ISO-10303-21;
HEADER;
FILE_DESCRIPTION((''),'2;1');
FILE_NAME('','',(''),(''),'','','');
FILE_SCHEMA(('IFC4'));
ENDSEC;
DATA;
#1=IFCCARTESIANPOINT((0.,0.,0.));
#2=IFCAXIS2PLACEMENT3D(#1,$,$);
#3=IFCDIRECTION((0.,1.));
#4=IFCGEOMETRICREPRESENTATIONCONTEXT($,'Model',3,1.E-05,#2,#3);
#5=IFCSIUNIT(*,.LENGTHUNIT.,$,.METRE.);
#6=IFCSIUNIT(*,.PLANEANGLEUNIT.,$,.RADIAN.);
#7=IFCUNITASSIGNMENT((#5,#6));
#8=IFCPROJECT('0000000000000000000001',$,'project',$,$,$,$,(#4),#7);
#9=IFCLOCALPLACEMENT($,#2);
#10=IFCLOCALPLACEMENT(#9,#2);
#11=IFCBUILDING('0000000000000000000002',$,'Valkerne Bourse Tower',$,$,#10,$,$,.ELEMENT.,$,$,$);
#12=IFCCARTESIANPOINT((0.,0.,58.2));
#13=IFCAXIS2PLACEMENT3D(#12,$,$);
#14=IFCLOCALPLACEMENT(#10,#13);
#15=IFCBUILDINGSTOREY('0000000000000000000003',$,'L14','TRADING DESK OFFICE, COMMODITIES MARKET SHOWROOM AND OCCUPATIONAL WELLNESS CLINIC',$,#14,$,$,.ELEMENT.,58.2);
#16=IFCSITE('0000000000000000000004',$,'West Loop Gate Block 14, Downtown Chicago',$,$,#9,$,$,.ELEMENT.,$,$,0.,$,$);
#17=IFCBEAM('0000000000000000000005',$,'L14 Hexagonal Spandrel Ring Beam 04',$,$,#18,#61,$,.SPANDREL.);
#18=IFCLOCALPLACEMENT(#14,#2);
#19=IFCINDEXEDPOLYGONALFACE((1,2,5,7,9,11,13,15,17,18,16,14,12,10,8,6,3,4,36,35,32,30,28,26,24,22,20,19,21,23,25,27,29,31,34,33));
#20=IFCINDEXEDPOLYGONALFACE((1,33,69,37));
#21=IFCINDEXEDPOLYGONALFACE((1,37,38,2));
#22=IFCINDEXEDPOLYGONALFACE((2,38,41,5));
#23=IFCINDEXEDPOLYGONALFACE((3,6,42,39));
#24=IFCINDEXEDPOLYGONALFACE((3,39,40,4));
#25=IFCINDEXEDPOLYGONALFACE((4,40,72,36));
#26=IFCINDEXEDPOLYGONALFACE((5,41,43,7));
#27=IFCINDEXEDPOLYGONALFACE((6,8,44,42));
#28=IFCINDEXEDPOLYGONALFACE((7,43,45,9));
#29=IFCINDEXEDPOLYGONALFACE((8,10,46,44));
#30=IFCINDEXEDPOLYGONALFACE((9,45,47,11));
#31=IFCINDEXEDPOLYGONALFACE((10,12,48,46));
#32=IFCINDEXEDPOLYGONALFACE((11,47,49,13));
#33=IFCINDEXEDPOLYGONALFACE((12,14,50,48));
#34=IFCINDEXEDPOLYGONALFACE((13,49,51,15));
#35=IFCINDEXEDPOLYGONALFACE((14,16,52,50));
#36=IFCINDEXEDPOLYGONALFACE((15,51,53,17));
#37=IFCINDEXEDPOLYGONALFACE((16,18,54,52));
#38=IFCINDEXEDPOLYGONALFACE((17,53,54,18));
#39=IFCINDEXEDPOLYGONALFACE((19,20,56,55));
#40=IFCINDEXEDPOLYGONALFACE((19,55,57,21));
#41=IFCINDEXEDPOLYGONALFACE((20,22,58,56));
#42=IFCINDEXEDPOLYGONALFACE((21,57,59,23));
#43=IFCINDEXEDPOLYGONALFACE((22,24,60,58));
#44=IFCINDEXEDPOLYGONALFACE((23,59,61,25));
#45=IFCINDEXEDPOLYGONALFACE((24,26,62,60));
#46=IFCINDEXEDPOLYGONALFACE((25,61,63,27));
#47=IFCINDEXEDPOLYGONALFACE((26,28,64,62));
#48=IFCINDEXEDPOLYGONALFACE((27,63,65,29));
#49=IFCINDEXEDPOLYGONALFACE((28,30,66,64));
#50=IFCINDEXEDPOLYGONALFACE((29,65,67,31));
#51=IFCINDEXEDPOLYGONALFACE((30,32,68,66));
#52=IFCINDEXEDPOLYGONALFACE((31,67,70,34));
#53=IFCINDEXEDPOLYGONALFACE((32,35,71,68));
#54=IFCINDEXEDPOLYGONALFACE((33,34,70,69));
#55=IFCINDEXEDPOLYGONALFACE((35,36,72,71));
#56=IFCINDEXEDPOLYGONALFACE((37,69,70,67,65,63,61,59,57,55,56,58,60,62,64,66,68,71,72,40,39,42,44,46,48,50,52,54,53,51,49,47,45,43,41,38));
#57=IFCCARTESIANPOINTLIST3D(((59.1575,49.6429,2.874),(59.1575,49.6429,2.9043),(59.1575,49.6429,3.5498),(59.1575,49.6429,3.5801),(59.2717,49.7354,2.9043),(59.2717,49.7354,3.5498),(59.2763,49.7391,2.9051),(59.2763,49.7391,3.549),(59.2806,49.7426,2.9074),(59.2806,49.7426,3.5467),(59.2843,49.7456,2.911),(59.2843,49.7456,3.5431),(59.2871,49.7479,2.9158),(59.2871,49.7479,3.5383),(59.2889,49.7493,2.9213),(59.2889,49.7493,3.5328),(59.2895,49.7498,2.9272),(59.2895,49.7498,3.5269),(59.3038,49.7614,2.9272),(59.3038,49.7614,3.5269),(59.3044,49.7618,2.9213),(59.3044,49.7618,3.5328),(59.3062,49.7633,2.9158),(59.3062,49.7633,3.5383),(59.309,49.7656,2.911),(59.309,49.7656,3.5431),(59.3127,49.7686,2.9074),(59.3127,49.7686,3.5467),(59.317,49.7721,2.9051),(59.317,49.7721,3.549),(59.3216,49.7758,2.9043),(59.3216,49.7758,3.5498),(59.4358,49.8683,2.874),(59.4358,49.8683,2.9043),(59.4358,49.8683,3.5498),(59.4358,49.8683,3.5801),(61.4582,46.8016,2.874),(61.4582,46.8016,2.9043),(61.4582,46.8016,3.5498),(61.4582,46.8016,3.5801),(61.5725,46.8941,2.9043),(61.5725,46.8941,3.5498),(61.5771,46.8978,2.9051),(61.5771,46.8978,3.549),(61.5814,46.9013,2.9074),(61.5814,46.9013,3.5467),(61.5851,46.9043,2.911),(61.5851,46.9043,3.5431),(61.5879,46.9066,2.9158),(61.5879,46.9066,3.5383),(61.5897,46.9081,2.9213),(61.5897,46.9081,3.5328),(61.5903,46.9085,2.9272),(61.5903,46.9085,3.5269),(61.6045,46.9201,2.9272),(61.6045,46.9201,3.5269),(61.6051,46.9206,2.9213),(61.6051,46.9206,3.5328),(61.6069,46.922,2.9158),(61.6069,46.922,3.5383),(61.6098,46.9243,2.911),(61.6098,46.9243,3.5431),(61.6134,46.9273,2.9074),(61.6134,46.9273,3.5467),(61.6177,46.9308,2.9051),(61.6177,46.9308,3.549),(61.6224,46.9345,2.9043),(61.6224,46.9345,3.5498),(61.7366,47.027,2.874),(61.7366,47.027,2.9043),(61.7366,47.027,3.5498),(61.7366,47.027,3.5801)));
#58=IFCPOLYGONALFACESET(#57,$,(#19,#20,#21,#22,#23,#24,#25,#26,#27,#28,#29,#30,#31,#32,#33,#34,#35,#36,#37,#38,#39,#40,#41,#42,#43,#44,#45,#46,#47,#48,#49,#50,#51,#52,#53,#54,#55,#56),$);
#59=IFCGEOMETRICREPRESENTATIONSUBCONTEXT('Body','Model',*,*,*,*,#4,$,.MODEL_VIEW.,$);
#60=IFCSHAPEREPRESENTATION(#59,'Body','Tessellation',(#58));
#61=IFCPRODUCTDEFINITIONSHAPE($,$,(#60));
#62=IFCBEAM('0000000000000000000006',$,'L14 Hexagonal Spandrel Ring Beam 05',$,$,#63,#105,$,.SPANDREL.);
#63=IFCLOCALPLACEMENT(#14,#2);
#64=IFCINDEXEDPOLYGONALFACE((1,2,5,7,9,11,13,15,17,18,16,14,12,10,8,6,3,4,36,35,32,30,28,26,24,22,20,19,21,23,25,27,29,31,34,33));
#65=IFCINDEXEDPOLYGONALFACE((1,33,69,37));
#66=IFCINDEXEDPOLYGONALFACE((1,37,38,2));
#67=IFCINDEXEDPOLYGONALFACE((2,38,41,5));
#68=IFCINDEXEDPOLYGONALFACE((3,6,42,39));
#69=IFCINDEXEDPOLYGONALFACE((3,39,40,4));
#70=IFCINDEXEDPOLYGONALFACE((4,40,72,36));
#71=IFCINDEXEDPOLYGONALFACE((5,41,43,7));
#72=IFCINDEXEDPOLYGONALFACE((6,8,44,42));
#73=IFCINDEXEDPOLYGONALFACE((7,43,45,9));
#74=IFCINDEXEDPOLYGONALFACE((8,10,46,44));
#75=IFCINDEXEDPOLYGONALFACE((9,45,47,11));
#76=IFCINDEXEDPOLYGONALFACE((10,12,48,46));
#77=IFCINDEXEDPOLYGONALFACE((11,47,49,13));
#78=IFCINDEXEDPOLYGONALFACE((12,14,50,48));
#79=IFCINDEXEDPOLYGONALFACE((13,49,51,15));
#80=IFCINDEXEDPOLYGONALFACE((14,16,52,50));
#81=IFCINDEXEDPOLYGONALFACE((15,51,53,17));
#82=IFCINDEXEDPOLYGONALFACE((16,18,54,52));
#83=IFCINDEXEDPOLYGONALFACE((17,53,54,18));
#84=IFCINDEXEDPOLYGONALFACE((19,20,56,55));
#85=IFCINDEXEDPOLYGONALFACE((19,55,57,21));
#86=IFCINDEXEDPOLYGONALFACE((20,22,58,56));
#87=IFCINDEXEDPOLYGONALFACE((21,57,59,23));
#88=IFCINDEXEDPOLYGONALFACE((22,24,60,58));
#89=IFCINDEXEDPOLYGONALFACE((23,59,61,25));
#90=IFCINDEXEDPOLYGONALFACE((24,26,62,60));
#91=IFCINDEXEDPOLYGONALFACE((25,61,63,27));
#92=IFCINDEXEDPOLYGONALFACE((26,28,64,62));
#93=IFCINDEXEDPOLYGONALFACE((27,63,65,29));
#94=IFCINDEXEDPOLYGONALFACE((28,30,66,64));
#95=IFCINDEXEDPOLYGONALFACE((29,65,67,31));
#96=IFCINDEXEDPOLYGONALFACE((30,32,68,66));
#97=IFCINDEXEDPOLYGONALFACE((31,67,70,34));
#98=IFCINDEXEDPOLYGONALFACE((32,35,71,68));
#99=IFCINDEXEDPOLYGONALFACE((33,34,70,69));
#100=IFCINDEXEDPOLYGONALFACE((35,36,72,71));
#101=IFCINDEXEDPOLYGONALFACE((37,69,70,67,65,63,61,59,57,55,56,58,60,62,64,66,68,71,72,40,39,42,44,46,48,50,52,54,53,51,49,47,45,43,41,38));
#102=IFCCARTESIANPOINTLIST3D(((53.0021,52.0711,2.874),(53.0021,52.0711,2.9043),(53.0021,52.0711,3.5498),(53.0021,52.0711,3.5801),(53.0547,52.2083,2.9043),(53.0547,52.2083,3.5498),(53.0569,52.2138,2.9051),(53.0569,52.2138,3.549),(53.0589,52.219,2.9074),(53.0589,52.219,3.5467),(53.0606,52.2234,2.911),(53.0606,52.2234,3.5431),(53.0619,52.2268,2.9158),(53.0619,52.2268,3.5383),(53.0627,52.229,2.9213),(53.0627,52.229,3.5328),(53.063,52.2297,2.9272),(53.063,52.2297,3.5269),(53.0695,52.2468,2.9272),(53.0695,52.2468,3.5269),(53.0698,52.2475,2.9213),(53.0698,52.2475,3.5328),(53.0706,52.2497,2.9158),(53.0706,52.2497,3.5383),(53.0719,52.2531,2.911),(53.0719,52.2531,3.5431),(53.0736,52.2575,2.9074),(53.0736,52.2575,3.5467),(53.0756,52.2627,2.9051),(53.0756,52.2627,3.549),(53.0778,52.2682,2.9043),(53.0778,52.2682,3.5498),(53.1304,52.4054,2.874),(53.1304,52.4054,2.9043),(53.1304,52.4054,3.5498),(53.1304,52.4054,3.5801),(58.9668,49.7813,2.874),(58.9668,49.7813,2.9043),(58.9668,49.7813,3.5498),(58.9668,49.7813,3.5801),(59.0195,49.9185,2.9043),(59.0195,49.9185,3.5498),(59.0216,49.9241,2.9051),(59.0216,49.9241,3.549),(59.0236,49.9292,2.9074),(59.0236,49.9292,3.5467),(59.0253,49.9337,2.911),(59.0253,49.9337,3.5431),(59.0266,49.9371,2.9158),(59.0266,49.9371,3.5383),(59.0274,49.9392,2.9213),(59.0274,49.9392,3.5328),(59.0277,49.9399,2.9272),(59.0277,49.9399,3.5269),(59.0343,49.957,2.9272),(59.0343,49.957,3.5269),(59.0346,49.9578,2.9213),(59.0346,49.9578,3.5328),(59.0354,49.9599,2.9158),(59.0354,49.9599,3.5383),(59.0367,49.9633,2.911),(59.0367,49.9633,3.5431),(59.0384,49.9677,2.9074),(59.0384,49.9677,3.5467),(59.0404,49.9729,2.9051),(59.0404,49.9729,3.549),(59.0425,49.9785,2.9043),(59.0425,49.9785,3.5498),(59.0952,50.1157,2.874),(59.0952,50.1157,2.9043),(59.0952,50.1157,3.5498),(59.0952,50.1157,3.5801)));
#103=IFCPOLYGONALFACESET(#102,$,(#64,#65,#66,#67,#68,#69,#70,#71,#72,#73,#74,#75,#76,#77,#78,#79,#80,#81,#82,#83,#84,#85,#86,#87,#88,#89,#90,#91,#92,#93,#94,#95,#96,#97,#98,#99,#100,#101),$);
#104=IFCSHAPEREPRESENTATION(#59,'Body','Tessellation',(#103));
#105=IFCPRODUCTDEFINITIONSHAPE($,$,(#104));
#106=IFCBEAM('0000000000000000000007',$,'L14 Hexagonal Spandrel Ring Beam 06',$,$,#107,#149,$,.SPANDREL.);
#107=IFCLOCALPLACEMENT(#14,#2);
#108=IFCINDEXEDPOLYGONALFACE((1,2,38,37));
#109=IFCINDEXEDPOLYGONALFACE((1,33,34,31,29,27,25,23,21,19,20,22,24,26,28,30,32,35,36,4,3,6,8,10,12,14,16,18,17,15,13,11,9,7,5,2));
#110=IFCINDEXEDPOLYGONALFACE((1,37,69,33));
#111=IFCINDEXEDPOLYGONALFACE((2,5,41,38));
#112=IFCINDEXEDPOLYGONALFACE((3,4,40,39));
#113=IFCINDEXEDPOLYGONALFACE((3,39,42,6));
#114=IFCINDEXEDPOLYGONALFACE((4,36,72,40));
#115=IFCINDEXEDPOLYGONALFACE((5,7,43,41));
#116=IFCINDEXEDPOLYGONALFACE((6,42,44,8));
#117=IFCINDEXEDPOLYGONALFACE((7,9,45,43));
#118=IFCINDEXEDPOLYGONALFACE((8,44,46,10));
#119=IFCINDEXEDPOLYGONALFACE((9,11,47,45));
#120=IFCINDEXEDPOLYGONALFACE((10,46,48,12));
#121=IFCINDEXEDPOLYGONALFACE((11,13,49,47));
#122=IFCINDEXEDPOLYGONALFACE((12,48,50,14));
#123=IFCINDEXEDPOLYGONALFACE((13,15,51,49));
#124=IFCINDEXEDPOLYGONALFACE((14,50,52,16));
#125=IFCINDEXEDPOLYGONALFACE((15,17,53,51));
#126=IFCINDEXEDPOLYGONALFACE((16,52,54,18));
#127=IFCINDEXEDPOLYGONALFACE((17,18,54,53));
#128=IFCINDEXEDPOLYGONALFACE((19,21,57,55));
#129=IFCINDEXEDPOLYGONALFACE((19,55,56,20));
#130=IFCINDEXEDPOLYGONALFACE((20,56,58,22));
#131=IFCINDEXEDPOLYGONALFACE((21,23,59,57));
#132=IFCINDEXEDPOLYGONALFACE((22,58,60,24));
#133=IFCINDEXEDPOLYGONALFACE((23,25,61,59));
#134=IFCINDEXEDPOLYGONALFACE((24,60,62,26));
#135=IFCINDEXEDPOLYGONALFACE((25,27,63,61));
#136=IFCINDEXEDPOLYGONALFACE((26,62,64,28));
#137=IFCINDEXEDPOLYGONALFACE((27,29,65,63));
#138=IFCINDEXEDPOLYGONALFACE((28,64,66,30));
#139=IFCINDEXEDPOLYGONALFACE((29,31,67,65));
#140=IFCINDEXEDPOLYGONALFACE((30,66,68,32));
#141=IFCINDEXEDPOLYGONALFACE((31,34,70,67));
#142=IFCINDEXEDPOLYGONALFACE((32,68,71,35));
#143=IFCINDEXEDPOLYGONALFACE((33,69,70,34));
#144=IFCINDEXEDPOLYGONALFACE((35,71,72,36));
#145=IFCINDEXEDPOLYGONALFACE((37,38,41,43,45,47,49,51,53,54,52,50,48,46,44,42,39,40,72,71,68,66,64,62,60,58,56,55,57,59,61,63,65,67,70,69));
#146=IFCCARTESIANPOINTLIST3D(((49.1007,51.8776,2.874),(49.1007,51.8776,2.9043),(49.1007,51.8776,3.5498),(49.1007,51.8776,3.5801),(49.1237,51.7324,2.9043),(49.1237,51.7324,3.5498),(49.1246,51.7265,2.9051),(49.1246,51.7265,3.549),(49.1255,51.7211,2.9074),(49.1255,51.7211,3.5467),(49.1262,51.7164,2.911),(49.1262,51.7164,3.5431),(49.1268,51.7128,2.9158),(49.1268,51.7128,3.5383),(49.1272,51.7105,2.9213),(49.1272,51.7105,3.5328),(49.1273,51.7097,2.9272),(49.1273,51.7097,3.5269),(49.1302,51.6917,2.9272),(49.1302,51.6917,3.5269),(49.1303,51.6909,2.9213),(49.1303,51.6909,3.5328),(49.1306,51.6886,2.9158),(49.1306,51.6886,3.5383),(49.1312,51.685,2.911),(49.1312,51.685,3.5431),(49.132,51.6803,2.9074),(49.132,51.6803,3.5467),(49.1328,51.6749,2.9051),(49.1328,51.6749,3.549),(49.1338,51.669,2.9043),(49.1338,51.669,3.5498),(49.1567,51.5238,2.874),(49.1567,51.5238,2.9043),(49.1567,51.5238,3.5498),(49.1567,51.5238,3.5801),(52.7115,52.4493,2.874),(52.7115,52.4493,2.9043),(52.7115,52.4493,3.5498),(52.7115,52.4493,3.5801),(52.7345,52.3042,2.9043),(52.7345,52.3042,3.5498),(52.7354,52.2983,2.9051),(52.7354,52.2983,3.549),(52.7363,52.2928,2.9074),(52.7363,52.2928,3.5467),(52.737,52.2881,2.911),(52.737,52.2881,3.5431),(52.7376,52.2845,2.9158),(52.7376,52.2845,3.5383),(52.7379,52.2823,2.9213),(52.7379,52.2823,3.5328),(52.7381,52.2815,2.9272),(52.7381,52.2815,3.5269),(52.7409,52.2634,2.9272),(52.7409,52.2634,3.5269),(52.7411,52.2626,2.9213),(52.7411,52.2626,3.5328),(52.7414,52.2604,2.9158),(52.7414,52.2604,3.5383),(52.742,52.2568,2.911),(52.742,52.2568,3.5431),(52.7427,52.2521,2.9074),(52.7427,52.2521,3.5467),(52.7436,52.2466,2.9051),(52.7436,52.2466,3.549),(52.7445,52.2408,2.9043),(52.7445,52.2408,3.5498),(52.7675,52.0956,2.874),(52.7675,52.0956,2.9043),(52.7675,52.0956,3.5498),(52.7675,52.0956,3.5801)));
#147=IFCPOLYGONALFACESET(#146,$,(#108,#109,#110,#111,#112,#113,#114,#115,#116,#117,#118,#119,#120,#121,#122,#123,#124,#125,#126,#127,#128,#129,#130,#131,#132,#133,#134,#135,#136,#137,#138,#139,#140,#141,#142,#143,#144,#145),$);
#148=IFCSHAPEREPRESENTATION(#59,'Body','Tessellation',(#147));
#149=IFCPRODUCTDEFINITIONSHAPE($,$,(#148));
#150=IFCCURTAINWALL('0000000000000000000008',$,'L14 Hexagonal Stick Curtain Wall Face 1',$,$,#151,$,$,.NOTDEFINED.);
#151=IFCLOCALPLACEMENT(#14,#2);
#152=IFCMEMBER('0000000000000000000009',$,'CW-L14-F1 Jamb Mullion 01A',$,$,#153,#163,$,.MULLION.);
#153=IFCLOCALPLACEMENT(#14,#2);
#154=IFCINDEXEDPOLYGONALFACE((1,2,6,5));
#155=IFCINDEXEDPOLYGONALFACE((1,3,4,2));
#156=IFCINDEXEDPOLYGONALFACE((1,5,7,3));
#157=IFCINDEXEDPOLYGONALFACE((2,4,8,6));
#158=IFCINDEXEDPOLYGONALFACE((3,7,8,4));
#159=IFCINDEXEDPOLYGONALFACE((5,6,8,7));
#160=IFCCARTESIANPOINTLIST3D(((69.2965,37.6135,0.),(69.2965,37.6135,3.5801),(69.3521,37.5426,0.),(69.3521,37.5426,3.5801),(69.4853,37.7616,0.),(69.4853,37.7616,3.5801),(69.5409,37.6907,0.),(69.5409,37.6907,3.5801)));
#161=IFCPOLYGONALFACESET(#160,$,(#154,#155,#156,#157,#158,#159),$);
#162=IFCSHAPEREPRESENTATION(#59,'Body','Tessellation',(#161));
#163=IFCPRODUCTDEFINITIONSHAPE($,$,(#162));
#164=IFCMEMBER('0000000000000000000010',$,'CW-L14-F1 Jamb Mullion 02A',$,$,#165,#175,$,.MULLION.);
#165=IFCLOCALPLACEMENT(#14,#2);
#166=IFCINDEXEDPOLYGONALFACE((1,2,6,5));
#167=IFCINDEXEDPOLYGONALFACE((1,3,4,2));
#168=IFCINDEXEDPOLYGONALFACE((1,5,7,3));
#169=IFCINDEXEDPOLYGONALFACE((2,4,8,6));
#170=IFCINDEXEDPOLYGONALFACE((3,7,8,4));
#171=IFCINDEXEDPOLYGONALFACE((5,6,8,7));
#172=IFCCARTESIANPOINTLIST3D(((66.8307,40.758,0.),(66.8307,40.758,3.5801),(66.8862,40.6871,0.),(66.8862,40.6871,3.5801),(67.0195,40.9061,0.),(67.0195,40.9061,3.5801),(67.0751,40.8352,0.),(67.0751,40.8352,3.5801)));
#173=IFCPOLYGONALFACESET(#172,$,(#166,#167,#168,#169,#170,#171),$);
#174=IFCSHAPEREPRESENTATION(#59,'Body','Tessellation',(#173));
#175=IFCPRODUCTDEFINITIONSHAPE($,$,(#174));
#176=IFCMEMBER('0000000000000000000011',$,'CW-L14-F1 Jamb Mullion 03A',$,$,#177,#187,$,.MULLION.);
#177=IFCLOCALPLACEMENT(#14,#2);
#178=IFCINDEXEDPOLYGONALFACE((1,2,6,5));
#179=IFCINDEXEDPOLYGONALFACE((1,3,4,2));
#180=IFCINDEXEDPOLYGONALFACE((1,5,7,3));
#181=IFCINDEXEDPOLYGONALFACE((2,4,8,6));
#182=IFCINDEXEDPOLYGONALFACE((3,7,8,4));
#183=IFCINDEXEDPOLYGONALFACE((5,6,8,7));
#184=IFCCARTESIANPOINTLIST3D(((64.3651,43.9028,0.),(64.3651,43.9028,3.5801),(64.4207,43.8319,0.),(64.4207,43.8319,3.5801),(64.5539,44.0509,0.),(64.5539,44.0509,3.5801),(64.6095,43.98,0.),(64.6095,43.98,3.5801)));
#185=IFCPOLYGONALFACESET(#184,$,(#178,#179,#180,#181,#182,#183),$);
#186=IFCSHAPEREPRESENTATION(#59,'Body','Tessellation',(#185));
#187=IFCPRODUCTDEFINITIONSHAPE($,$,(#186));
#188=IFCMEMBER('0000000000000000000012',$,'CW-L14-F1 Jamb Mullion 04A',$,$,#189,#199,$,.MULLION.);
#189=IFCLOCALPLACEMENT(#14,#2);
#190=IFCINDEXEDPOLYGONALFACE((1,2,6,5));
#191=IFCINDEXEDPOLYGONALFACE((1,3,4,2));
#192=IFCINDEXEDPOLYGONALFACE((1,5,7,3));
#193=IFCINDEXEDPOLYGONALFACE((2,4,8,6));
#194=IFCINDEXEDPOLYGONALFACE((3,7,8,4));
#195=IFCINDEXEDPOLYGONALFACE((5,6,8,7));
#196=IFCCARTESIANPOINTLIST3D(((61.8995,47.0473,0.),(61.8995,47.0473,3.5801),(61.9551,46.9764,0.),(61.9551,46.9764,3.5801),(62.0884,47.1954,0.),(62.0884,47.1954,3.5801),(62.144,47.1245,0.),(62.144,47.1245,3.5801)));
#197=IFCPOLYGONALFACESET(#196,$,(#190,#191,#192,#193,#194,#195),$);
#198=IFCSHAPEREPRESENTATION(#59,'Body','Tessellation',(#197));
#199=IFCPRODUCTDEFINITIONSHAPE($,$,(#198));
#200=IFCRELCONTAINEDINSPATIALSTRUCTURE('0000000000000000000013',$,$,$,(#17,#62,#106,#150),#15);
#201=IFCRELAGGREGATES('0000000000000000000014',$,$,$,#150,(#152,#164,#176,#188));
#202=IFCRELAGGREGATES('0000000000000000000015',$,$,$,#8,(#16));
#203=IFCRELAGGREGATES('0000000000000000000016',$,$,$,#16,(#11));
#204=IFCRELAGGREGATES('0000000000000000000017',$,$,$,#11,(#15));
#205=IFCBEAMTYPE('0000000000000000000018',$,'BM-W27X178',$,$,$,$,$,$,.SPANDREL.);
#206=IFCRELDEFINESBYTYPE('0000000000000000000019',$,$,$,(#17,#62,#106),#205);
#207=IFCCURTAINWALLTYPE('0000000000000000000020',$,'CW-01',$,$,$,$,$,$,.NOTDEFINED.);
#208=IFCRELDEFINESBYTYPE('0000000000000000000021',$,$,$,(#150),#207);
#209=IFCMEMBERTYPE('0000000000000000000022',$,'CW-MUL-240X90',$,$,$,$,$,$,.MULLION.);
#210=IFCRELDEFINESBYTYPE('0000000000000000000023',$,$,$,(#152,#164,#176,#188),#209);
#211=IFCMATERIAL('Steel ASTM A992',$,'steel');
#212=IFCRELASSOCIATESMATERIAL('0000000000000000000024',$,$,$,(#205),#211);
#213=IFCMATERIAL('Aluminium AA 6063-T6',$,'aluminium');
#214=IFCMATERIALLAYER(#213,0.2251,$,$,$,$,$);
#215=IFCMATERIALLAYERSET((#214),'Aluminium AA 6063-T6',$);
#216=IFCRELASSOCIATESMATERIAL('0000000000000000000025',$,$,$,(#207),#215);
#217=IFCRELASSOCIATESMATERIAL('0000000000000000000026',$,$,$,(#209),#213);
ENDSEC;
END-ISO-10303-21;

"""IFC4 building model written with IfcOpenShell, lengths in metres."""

from ifc_helpers import new_model, si_unit, direction, frame, origin, origin_2d, place, context, subcontext, project, spatial, rectangle, i_section, extrude, material, layer, layer_set, material_profile, profile_set, type_object, element, aggregate, save


model = new_model("IFC4")

# Units and contexts
model_context = context("Model", 3, precision=1e-05, world=origin(), true_north=direction((0.0, 1.0)))
body_context = subcontext(model_context, "Body", "Model", "MODEL_VIEW")
ifc_project = project(units=[si_unit("LENGTHUNIT", "METRE"), si_unit("PLANEANGLEUNIT", "RADIAN")], contexts=[model_context])

# Site, building, storey
site_placement = place(None, origin())
site = spatial("IfcSite", under=ifc_project, at=site_placement, Name="West Loop Gate Block 14, Downtown Chicago", CompositionType="ELEMENT", RefElevation=0.0)
building_placement = place(site_placement, origin())
building = spatial("IfcBuilding", under=site, at=building_placement, Name="Valkerne Bourse Tower", CompositionType="ELEMENT")
storey_placement = place(building_placement, frame((0.0, 0.0, 58.2)))
storey = spatial("IfcBuildingStorey", under=building, at=storey_placement, Name="L14", Description="TRADING DESK OFFICE, COMMODITIES MARKET SHOWROOM AND OCCUPATIONAL WELLNESS CLINIC", CompositionType="ELEMENT", Elevation=58.2)

# Beams
ifc_material_1 = material(Name="Steel ASTM A992", Category="steel")
ifc_material_profile_1 = material_profile(ifc_material_1, i_section(OverallWidth=0.3582, OverallDepth=0.7061, WebThickness=0.0183, FlangeThickness=0.0303, FilletRadius=0.0229, at=origin_2d()), Name="W27X178")
ifc_profile_set_1 = profile_set([ifc_material_profile_1], Name="Steel ASTM A992")
beam_type = type_object("IfcBeamType", Name="BM-W27X178", PredefinedType="SPANDREL", material=ifc_profile_set_1)
for number, where, z_axis, x_axis, name in (
    (1, (61.5974, 46.9143, 3.2271), (-0.62931, 0.777155, 0.0), (-0.777155, -0.62931, 0.0), "L14 Hexagonal Spandrel Ring Beam 04"),
):
    element("IfcBeam", number, at=place(storey_placement, frame(where, z_axis=z_axis, x_axis=x_axis)), inside=storey, type_object=beam_type, Name=name, PredefinedType="SPANDREL", context=body_context, shape_type="SweptSolid", body=[
        extrude(i_section(OverallWidth=0.3582, OverallDepth=0.7061, WebThickness=0.0183, FlangeThickness=0.0303, FilletRadius=0.0229, at=origin_2d()), origin(), (0.0, 0.0, 1.0), 3.656),
    ])
beam_1_placement = place(storey_placement, frame((59.031, 49.9485, 3.2271), z_axis=(-0.933575, 0.358382, 0.0), x_axis=(-0.358382, -0.933575, 0.0)))
element("IfcBeam", 2, at=beam_1_placement, inside=storey, type_object=beam_type, Name="L14 Hexagonal Spandrel Ring Beam 05", PredefinedType="SPANDREL", context=body_context, shape_type="SweptSolid", body=[
    extrude(i_section(OverallWidth=0.3582, OverallDepth=0.7061, WebThickness=0.0183, FlangeThickness=0.0303, FilletRadius=0.0229, at=origin_2d()), origin(), (0.0, 0.0, 1.0), 6.3892),
])
beam_2_placement = place(storey_placement, frame((52.7395, 52.2725, 3.2271), z_axis=(-0.987694, -0.156402, 0.0), x_axis=(0.156402, -0.987694, 0.0)))
element("IfcBeam", 3, at=beam_2_placement, inside=storey, type_object=beam_type, Name="L14 Hexagonal Spandrel Ring Beam 06", PredefinedType="SPANDREL", context=body_context, shape_type="SweptSolid", body=[
    extrude(i_section(OverallWidth=0.3582, OverallDepth=0.7061, WebThickness=0.0183, FlangeThickness=0.0303, FilletRadius=0.0229, at=origin_2d()), origin(), (0.0, 0.0, 1.0), 3.6558),
])

# Curtain wall, members
ifc_material_2 = material(Name="Aluminium AA 6063-T6", Category="aluminium")
ifc_layer_1 = layer(ifc_material_2, 0.2251)
ifc_layer_set_1 = layer_set([ifc_layer_1], Name="Aluminium AA 6063-T6")
curtain_wall_type = type_object("IfcCurtainWallType", Name="CW-01", PredefinedType="NOTDEFINED", material=ifc_layer_set_1)
curtain_wall_1_placement = place(storey_placement, origin())
curtain_wall_1 = element("IfcCurtainWall", 4, at=curtain_wall_1_placement, inside=storey, type_object=curtain_wall_type, Name="L14 Hexagonal Stick Curtain Wall Face 1", PredefinedType="NOTDEFINED")
ifc_material_profile_2 = material_profile(ifc_material_2, rectangle(XDim=0.0901, YDim=0.24, at=origin_2d()), Name="CWM-90X240")
ifc_profile_set_2 = profile_set([ifc_material_profile_2], Name="Aluminium AA 6063-T6")
member_type_1 = type_object("IfcMemberType", Name="CW-MUL-240X90", PredefinedType="MULLION", material=ifc_profile_set_2)
member_1_placement = place(storey_placement, frame((69.4187, 37.6521, 0.0), z_axis=(0.0, 0.0, 1.0), x_axis=(-0.617039, 0.786933, 0.0)))
member_1 = element("IfcMember", 5, at=member_1_placement, type_object=member_type_1, Name="CW-L14-F1 Jamb Mullion 01A", PredefinedType="MULLION", context=body_context, shape_type="SweptSolid", body=[
    extrude(rectangle(XDim=0.0901, YDim=0.24, at=origin_2d()), origin(), (0.0, 0.0, 1.0), 3.5801),
])
member_2_placement = place(storey_placement, frame((66.9529, 40.7966, 0.0), z_axis=(0.0, 0.0, 1.0), x_axis=(-0.617039, 0.786933, 0.0)))
member_2 = element("IfcMember", 6, at=member_2_placement, type_object=member_type_1, Name="CW-L14-F1 Jamb Mullion 02A", PredefinedType="MULLION", context=body_context, shape_type="SweptSolid", body=[
    extrude(rectangle(XDim=0.0901, YDim=0.24, at=origin_2d()), origin(), (0.0, 0.0, 1.0), 3.5801),
])
member_3_placement = place(storey_placement, frame((64.4873, 43.9414, 0.0), z_axis=(0.0, 0.0, 1.0), x_axis=(-0.617023, 0.786945, 0.0)))
member_3 = element("IfcMember", 7, at=member_3_placement, type_object=member_type_1, Name="CW-L14-F1 Jamb Mullion 03A", PredefinedType="MULLION", context=body_context, shape_type="SweptSolid", body=[
    extrude(rectangle(XDim=0.0901, YDim=0.24, at=origin_2d()), origin(), (0.0, 0.0, 1.0), 3.5801),
])
member_4_placement = place(storey_placement, frame((62.0217, 47.0859, 0.0), z_axis=(0.0, 0.0, 1.0), x_axis=(-0.617039, 0.786933, 0.0)))
member_4 = element("IfcMember", 8, at=member_4_placement, type_object=member_type_1, Name="CW-L14-F1 Jamb Mullion 04A", PredefinedType="MULLION", context=body_context, shape_type="SweptSolid", body=[
    extrude(rectangle(XDim=0.0901, YDim=0.24, at=origin_2d()), origin(), (0.0, 0.0, 1.0), 3.5801),
])

aggregate(curtain_wall_1, [member_1, member_2, member_3, member_4])

save(model, "model.ifc")
